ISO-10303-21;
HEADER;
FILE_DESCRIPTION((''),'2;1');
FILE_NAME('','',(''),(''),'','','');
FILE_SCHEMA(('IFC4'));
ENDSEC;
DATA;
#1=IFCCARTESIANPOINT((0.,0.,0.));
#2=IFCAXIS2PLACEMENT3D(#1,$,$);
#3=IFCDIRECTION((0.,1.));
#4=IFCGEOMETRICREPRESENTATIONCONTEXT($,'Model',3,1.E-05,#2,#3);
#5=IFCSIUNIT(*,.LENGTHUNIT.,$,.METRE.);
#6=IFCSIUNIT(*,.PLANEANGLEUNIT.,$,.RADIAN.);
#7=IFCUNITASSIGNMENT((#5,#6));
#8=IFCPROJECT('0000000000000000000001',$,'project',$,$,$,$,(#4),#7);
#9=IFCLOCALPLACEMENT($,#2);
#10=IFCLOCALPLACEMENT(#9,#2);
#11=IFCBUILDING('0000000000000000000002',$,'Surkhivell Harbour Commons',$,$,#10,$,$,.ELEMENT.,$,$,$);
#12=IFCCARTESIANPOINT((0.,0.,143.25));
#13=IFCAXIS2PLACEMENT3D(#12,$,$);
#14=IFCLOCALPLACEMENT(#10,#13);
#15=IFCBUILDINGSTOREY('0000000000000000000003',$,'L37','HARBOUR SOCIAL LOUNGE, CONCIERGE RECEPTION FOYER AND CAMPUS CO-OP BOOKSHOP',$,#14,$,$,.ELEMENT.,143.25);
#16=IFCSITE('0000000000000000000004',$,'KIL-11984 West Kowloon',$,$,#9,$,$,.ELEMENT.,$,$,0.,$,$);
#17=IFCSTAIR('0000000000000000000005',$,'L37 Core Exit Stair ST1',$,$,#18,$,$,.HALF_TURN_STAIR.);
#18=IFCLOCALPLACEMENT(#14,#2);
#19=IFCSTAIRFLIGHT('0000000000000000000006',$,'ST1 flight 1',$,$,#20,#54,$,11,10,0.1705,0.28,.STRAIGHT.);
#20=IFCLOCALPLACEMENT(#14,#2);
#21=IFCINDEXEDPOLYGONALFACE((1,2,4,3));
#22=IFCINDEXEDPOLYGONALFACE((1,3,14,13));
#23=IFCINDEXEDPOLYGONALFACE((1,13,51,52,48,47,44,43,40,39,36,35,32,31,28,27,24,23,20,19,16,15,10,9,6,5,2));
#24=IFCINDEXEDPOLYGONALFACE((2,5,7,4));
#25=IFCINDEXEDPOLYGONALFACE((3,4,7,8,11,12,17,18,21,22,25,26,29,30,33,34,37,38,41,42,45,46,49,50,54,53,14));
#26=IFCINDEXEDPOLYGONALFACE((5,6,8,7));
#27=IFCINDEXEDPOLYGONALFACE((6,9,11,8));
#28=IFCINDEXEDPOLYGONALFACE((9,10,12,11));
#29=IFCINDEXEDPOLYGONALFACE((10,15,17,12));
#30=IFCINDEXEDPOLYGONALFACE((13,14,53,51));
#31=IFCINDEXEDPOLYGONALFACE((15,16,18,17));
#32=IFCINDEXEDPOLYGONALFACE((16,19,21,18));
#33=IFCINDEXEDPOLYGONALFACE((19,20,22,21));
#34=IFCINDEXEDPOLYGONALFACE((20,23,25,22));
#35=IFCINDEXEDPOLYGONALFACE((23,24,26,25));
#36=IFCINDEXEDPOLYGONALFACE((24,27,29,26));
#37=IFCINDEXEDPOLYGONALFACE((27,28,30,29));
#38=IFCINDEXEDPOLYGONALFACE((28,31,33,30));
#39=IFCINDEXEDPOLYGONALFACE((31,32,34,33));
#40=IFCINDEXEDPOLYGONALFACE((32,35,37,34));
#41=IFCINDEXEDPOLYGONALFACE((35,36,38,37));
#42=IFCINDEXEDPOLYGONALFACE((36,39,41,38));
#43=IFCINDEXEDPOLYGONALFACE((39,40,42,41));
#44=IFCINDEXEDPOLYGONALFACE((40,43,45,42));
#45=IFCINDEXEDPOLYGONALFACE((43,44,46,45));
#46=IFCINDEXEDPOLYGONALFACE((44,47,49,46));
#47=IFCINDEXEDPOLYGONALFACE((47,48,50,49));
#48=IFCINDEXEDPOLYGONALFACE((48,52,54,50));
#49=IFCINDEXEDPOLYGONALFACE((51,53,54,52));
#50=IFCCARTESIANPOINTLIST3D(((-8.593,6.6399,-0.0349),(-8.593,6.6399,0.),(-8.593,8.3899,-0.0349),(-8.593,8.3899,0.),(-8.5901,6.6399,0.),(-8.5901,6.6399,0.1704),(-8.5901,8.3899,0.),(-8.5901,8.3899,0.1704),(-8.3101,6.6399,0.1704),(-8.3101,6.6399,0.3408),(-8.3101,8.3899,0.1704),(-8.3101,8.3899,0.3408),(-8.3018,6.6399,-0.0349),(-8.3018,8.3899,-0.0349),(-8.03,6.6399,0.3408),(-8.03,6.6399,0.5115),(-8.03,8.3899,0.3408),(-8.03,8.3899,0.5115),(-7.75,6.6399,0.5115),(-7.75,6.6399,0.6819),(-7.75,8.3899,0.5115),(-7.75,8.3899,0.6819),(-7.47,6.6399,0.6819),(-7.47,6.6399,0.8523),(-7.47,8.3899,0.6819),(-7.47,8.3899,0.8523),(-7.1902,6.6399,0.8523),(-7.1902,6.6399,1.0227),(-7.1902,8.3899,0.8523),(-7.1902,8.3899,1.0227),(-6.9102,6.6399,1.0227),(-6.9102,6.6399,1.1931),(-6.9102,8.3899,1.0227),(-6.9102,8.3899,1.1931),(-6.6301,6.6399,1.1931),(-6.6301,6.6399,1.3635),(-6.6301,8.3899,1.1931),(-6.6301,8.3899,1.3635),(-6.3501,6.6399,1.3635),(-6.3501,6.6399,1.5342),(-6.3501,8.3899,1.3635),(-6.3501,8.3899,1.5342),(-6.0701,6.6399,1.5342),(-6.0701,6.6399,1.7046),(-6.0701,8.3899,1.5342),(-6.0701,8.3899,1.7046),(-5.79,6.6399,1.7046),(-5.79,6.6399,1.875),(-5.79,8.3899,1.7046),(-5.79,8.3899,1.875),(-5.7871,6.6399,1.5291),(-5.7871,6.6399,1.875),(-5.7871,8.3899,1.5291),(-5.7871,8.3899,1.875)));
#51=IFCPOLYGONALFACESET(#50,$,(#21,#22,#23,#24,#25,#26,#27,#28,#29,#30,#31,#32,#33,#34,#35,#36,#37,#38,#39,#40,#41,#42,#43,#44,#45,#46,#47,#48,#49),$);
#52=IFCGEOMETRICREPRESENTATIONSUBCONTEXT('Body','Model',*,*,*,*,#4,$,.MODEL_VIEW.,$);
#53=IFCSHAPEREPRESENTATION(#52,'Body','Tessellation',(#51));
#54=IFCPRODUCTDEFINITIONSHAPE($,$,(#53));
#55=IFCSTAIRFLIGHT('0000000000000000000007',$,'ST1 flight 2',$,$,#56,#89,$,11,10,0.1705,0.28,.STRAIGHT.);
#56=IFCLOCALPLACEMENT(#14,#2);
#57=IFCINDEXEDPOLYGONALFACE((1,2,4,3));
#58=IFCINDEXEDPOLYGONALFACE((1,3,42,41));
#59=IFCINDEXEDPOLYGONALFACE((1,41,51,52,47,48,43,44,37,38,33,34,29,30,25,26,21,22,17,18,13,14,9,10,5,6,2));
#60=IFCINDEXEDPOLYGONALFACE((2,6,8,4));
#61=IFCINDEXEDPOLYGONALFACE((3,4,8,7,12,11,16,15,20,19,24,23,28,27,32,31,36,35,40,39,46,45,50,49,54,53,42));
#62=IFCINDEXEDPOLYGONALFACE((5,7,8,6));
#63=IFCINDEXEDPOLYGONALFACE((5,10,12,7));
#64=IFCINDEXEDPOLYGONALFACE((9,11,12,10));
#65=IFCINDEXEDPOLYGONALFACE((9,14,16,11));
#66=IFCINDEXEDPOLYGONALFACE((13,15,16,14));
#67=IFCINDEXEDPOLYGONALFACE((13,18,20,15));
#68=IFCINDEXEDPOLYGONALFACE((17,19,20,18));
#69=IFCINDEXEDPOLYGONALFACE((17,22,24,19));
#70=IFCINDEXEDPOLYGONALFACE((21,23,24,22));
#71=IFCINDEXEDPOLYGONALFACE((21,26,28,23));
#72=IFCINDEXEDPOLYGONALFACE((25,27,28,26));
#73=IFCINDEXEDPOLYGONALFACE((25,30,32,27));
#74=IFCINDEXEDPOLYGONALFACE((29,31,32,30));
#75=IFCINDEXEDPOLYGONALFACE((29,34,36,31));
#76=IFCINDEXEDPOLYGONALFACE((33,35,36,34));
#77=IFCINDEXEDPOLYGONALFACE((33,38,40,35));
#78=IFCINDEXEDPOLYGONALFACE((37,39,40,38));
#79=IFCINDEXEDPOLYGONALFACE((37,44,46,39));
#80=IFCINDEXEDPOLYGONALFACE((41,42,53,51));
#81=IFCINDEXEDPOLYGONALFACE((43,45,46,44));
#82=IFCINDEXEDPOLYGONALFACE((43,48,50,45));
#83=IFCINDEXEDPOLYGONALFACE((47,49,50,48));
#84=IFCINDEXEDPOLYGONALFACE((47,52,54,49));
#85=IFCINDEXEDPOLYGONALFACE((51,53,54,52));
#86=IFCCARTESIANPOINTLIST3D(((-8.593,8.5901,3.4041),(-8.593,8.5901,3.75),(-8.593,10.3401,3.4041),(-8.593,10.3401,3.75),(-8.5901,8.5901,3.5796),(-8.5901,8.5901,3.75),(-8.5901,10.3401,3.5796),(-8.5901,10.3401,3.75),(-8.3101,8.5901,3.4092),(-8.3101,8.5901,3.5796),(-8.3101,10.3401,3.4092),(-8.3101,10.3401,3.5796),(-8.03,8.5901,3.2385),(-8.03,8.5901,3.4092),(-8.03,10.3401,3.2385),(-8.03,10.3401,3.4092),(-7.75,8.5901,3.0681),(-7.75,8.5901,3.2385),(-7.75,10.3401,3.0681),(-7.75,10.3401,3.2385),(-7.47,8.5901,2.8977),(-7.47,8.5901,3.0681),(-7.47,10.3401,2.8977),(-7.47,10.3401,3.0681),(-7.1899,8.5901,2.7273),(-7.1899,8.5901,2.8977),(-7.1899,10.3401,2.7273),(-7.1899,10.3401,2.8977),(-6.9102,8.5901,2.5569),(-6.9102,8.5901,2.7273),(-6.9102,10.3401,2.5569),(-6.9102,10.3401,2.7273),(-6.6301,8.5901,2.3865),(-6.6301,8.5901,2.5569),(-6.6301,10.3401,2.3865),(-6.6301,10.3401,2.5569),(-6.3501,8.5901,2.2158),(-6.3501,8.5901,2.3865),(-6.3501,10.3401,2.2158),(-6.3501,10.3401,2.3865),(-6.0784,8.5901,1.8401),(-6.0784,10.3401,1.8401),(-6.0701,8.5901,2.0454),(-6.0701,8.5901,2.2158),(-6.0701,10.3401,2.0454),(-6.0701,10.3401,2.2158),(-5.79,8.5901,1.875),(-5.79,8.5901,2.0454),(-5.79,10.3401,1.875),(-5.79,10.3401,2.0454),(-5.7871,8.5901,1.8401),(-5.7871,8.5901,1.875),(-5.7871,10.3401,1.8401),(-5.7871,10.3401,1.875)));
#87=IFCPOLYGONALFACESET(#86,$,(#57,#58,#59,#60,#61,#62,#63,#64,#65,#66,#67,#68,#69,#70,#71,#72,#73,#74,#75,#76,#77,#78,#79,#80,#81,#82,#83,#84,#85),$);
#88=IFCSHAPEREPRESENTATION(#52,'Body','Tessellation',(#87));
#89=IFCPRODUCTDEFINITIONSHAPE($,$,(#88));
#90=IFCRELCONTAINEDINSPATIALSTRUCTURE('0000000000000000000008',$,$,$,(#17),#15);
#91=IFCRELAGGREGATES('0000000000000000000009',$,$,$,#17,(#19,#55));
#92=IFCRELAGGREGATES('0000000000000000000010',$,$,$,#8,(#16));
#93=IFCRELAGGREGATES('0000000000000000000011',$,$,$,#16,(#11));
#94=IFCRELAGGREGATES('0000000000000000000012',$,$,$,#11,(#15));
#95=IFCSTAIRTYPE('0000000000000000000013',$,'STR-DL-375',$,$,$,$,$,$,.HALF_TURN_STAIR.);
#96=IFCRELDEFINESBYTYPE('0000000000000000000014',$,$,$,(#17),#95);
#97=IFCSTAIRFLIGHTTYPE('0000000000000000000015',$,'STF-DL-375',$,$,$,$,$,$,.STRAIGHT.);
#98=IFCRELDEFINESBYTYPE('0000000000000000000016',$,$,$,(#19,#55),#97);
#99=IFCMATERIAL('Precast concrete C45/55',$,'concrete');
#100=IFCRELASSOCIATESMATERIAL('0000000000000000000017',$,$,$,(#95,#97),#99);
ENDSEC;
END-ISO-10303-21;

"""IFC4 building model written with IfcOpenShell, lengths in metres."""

from ifc_helpers import new_model, si_unit, direction, frame, origin, place, context, subcontext, project, spatial, polyline, outline, extrude, material, type_object, element, aggregate, save


model = new_model("IFC4")

# Units and contexts
model_context = context("Model", 3, precision=1e-05, world=origin(), true_north=direction((0.0, 1.0)))
body_context = subcontext(model_context, "Body", "Model", "MODEL_VIEW")
ifc_project = project(units=[si_unit("LENGTHUNIT", "METRE"), si_unit("PLANEANGLEUNIT", "RADIAN")], contexts=[model_context])

# Site, building, storey
site_placement = place(None, origin())
site = spatial("IfcSite", under=ifc_project, at=site_placement, Name="KIL-11984 West Kowloon", CompositionType="ELEMENT", RefElevation=0.0)
building_placement = place(site_placement, origin())
building = spatial("IfcBuilding", under=site, at=building_placement, Name="Surkhivell Harbour Commons", CompositionType="ELEMENT")
storey_placement = place(building_placement, frame((0.0, 0.0, 143.25)))
storey = spatial("IfcBuildingStorey", under=building, at=storey_placement, Name="L37", Description="HARBOUR SOCIAL LOUNGE, CONCIERGE RECEPTION FOYER AND CAMPUS CO-OP BOOKSHOP", CompositionType="ELEMENT", Elevation=143.25)

# Stair, stair flights
ifc_material_1 = material(Name="Precast concrete C45/55", Category="concrete")
stair_type = type_object("IfcStairType", Name="STR-DL-375", PredefinedType="HALF_TURN_STAIR", material=ifc_material_1)
stair_placement = place(storey_placement, origin())
stair = element("IfcStair", 1, at=stair_placement, inside=storey, type_object=stair_type, Name="L37 Core Exit Stair ST1", PredefinedType="HALF_TURN_STAIR")
stair_flight_type = type_object("IfcStairFlightType", Name="STF-DL-375", PredefinedType="STRAIGHT", material=ifc_material_1)
stair_flight_1_placement = place(storey_placement, frame((-8.5901, 7.5149, 0.0), z_axis=(0.0, 0.0, 1.0), x_axis=(1.0, 0.0, 0.0)))
stair_flight_1 = element("IfcStairFlight", 2, at=stair_flight_1_placement, type_object=stair_flight_type, Name="ST1 flight 1", NumberOfRisers=11, NumberOfTreads=10, PredefinedType="STRAIGHT", RiserHeight=0.1705, TreadLength=0.28, context=body_context, shape_type="SweptSolid", body=[
    extrude(outline(polyline([(-0.0029, -0.0349), (-0.0029, 0.0), (0.0, 0.0), (0.0, 0.1704), (0.28, 0.1704), (0.28, 0.3408), (0.5601, 0.3408), (0.5601, 0.5115), (0.8401, 0.5115), (0.8401, 0.6819), (1.1201, 0.6819), (1.1201, 0.8523), (1.3999, 0.8523), (1.3999, 1.0227), (1.6799, 1.0227), (1.6799, 1.1931), (1.96, 1.1931), (1.96, 1.3635), (2.24, 1.3635), (2.24, 1.5342), (2.52, 1.5342), (2.52, 1.7046), (2.8, 1.7046), (2.8, 1.875), (2.803, 1.875), (2.803, 1.5291), (0.2883, -0.0349), (-0.0029, -0.0349)])), frame((0.0, 0.875, 0.0), z_axis=(0.0, -1.0, 0.0), x_axis=(1.0, 0.0, 0.0)), (0.0, 0.0, 1.0), 1.75),
])
stair_flight_2_placement = place(storey_placement, frame((-5.79, 9.4651, 1.875), z_axis=(0.0, 0.0, 1.0), x_axis=(-1.0, 0.0, 0.0)))
stair_flight_2 = element("IfcStairFlight", 3, at=stair_flight_2_placement, type_object=stair_flight_type, Name="ST1 flight 2", NumberOfRisers=11, NumberOfTreads=10, PredefinedType="STRAIGHT", RiserHeight=0.1705, TreadLength=0.28, context=body_context, shape_type="SweptSolid", body=[
    extrude(outline(polyline([(-0.0029, -0.0349), (-0.0029, 0.0), (0.0, 0.0), (0.0, 0.1704), (0.28, 0.1704), (0.28, 0.3408), (0.5601, 0.3408), (0.5601, 0.5115), (0.8401, 0.5115), (0.8401, 0.6819), (1.1201, 0.6819), (1.1201, 0.8523), (1.3999, 0.8523), (1.3999, 1.0227), (1.6799, 1.0227), (1.6799, 1.1931), (1.96, 1.1931), (1.96, 1.3635), (2.24, 1.3635), (2.24, 1.5342), (2.52, 1.5342), (2.52, 1.7046), (2.8, 1.7046), (2.8, 1.875), (2.803, 1.875), (2.803, 1.5291), (0.2883, -0.0349), (-0.0029, -0.0349)])), frame((0.0, 0.875, 0.0), z_axis=(0.0, -1.0, 0.0), x_axis=(1.0, 0.0, 0.0)), (0.0, 0.0, 1.0), 1.75),
])
aggregate(stair, [stair_flight_1, stair_flight_2])

save(model, "model.ifc")
